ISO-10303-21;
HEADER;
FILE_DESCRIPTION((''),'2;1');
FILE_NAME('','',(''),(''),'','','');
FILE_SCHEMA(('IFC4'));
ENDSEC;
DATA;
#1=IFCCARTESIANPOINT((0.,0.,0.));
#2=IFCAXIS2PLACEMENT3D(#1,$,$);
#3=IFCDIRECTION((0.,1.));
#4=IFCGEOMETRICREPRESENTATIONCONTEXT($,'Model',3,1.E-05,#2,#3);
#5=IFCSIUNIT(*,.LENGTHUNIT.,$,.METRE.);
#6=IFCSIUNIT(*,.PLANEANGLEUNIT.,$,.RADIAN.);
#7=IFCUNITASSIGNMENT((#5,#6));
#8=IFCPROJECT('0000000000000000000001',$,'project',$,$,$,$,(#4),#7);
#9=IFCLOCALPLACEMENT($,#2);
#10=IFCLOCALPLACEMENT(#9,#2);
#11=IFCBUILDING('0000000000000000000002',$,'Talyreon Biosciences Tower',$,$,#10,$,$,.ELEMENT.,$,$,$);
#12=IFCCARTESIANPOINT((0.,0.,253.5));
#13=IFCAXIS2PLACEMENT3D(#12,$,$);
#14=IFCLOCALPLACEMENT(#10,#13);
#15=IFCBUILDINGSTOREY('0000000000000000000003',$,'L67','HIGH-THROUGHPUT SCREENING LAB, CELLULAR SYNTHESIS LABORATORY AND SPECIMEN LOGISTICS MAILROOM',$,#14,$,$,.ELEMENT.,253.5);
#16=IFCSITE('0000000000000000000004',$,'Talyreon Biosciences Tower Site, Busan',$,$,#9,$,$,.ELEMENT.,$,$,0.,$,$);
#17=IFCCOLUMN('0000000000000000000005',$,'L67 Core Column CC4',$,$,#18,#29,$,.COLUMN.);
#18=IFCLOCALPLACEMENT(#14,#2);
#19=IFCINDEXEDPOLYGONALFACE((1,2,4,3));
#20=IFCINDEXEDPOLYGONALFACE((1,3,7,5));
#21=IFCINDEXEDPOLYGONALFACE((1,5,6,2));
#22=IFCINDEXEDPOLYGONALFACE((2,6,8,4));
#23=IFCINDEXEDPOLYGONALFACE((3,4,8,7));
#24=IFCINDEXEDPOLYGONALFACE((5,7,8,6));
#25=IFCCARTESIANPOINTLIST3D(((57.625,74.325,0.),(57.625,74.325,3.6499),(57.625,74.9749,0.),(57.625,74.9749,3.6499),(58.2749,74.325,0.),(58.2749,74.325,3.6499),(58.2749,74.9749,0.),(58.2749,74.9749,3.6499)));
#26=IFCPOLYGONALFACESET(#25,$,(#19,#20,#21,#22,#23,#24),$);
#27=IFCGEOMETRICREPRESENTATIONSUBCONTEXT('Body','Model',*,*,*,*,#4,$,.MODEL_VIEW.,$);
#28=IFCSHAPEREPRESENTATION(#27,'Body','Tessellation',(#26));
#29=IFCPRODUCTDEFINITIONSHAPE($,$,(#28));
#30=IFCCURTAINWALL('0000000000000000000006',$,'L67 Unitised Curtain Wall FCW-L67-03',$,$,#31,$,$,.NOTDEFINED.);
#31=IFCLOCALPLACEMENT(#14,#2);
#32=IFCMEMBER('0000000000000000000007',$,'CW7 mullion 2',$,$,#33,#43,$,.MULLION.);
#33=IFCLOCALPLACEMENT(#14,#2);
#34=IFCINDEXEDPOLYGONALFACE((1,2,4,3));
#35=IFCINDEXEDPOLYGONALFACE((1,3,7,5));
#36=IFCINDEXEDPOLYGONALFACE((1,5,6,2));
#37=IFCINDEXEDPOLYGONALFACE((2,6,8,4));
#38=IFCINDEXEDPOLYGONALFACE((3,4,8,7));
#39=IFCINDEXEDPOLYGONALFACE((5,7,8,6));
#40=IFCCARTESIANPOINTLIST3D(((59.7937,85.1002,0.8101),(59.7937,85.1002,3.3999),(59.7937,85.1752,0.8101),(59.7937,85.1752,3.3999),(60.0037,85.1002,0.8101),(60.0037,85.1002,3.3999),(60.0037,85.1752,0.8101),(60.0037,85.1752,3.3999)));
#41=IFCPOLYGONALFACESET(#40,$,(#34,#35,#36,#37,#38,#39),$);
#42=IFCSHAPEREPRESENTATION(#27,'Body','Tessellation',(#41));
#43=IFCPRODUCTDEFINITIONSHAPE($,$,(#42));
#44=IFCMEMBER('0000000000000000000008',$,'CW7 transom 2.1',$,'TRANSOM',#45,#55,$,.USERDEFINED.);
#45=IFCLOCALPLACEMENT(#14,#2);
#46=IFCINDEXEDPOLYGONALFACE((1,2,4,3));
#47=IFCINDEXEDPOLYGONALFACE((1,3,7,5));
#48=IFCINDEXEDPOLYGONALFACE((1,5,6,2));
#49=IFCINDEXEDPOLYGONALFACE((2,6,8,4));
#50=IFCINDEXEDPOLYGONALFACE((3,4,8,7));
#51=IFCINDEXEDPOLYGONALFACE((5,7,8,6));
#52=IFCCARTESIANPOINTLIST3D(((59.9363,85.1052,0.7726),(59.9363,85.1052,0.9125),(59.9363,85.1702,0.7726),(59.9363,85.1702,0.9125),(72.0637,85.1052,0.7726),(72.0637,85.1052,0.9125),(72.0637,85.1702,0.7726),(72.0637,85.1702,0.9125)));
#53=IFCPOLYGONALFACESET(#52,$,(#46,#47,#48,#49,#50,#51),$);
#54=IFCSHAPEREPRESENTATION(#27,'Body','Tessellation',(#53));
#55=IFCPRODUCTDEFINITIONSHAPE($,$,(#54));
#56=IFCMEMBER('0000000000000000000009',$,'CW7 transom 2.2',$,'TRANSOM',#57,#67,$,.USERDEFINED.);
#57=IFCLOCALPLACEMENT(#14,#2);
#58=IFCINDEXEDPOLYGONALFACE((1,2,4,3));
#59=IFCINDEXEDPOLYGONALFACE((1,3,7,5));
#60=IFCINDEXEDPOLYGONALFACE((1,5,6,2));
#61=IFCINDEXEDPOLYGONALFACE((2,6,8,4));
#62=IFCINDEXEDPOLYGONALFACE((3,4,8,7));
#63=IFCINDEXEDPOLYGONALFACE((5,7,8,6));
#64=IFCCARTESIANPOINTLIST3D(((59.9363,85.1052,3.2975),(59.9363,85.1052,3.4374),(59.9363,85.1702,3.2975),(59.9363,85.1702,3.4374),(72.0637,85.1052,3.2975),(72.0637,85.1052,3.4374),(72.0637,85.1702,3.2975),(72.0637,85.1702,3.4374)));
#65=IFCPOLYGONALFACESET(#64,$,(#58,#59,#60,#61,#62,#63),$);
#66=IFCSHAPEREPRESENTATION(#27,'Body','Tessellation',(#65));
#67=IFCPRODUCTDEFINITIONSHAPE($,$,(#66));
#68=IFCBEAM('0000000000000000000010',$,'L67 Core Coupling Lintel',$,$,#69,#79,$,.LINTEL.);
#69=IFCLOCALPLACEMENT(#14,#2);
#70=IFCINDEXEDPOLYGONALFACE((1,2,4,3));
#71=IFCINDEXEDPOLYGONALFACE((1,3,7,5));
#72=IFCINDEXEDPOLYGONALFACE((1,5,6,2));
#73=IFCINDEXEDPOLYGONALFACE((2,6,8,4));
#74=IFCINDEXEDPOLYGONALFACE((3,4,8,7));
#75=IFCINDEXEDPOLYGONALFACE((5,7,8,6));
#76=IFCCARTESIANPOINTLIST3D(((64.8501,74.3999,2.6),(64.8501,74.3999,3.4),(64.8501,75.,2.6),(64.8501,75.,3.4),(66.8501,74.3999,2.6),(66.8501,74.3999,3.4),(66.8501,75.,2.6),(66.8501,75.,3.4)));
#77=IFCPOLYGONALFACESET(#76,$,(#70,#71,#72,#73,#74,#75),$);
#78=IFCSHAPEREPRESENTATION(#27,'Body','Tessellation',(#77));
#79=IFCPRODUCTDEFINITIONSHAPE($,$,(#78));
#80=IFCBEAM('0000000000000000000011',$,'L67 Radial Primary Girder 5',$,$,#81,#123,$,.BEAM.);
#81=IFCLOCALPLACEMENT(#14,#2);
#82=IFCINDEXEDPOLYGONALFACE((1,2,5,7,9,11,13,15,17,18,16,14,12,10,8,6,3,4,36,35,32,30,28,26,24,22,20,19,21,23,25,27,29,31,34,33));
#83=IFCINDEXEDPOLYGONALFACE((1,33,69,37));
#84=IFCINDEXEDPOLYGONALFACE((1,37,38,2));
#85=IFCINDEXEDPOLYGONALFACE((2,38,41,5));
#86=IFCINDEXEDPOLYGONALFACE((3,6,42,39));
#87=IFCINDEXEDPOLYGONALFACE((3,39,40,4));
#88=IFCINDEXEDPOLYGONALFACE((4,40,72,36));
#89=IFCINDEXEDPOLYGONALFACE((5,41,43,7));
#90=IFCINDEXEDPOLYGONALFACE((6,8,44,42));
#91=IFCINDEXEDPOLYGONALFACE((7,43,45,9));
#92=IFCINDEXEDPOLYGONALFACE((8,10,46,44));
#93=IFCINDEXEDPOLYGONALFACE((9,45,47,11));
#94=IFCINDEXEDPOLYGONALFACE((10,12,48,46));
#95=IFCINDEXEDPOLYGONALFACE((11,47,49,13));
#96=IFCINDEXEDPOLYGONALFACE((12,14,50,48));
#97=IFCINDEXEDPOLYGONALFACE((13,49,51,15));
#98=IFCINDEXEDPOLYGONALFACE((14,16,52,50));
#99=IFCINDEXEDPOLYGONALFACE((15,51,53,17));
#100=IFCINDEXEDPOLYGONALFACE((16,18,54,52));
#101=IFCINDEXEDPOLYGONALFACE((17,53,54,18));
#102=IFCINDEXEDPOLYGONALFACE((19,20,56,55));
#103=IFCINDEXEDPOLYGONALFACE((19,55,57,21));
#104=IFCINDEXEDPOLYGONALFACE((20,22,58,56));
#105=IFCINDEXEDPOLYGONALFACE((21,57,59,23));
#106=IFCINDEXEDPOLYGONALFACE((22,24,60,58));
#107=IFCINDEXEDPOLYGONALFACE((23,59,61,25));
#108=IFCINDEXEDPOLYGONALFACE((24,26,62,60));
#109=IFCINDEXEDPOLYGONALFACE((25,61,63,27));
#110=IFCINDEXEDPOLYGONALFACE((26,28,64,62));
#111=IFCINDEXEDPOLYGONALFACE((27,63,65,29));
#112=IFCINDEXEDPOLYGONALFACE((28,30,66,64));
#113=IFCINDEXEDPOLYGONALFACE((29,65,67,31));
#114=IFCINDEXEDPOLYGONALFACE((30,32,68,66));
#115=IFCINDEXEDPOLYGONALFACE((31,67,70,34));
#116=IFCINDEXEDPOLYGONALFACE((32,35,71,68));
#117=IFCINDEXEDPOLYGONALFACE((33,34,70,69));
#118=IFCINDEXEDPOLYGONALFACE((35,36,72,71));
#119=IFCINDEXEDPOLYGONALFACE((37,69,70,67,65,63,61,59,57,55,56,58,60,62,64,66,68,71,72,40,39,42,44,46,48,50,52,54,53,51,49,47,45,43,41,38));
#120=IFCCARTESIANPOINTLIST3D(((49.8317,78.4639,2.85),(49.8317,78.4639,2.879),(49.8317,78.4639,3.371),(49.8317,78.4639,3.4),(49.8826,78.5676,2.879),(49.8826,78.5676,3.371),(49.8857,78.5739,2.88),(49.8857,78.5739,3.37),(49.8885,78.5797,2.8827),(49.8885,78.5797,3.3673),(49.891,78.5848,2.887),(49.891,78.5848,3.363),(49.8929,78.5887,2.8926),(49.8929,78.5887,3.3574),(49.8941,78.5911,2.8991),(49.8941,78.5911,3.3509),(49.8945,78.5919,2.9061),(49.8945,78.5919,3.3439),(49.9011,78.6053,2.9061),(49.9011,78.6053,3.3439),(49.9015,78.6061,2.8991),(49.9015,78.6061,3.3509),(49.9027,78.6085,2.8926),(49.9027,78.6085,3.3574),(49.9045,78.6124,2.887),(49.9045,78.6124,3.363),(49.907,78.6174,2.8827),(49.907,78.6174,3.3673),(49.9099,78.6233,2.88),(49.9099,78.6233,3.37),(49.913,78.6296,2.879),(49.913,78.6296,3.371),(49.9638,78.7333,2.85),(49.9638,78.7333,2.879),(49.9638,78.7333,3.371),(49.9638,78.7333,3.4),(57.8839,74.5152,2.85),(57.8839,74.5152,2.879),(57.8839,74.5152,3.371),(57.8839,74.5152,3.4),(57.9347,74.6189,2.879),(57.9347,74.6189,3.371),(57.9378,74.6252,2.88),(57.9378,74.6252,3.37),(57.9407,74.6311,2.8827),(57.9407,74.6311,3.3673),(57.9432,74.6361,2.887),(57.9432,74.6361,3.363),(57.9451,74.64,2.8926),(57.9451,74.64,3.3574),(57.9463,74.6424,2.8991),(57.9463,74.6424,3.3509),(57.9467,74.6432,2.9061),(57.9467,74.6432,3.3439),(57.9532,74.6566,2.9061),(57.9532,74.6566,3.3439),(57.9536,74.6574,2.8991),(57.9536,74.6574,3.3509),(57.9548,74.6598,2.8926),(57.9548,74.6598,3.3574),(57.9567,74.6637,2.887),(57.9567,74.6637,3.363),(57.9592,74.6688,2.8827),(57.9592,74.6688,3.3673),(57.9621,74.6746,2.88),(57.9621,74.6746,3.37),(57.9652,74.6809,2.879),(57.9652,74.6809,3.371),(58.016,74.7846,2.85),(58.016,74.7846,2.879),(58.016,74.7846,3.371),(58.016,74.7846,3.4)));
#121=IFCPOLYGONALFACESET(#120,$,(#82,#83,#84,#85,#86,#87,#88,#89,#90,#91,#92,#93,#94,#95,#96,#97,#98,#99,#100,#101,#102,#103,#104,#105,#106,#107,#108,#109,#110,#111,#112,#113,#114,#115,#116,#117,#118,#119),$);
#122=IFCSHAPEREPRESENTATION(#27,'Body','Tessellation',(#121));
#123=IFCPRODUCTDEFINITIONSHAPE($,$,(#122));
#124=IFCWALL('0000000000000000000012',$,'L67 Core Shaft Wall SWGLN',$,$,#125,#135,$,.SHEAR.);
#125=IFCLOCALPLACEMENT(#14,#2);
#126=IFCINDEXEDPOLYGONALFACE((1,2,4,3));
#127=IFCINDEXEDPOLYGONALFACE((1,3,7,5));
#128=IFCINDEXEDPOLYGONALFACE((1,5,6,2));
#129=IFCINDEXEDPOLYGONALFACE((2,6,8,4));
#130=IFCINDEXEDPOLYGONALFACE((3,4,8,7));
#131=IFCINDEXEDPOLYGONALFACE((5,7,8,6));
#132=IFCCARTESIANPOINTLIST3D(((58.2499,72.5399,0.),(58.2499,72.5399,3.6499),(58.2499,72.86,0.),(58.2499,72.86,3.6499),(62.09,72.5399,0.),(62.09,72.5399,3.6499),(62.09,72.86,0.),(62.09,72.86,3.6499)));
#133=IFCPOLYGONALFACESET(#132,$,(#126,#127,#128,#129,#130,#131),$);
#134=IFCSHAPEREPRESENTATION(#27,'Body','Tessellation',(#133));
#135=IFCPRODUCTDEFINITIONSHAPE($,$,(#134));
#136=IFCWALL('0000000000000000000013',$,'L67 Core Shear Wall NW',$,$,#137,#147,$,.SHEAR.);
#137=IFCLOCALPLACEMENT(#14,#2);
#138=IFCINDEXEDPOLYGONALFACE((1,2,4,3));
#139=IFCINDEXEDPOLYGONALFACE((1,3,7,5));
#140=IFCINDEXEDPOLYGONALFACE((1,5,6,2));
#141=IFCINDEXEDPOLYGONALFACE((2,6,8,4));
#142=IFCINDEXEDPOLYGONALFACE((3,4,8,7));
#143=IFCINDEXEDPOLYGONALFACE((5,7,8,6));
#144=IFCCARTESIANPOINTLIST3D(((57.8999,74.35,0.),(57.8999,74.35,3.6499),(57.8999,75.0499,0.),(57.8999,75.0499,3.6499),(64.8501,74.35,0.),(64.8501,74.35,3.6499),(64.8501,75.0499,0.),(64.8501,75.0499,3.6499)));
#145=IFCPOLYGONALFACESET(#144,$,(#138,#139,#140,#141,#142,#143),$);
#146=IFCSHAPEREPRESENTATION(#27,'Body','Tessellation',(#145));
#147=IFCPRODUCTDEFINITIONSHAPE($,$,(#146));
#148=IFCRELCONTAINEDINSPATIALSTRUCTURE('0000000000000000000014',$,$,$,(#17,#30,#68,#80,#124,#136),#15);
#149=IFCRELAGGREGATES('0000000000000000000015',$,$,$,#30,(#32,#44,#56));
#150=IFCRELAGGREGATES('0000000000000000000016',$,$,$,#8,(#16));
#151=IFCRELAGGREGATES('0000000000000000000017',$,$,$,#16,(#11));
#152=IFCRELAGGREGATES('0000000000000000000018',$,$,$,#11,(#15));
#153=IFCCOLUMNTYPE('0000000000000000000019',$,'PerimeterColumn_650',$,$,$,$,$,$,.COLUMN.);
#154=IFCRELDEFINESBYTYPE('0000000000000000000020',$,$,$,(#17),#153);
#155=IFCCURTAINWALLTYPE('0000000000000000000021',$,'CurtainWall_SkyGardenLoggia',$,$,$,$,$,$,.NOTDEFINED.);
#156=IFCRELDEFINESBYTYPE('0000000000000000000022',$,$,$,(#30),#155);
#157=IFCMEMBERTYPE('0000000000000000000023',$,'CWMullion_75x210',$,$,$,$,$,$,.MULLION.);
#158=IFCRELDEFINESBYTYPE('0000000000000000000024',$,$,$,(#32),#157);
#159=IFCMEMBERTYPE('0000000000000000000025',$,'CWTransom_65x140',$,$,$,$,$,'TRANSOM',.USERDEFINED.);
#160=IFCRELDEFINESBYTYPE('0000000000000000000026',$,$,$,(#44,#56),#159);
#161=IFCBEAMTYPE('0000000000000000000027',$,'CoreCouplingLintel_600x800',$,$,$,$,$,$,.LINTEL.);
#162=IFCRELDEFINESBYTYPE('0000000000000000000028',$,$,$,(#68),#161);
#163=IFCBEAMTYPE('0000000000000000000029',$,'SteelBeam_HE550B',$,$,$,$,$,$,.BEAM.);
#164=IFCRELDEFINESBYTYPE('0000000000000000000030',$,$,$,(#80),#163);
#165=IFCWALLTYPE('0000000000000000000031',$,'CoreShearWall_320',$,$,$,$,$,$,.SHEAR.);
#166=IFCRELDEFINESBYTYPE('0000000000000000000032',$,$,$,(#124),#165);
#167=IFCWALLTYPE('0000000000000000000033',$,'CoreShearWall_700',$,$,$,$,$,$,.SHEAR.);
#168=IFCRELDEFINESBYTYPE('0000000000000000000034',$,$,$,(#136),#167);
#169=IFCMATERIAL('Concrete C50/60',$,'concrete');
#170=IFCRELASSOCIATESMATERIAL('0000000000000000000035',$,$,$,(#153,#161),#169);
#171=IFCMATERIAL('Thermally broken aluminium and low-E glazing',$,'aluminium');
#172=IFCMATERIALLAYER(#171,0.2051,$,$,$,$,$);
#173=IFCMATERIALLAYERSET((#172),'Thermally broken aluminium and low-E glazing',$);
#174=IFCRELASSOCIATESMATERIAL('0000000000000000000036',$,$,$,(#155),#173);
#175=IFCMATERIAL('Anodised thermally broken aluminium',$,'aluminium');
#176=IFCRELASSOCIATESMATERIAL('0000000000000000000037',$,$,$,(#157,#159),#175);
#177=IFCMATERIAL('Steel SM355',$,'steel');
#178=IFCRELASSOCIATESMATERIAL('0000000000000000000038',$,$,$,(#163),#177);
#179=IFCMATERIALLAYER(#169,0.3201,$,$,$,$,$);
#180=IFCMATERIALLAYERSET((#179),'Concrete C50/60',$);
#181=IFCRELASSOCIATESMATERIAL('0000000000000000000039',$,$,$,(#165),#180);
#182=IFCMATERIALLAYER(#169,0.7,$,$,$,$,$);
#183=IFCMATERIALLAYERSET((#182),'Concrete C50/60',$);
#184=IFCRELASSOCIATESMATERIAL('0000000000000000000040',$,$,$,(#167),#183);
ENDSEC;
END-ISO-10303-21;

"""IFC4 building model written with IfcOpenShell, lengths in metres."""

from ifc_helpers import new_model, si_unit, direction, frame, frame_2d, origin, origin_2d, place, context, subcontext, project, spatial, rectangle, i_section, extrude, material, layer, layer_set, material_profile, profile_set, type_object, element, aggregate, save


model = new_model("IFC4")

# Units and contexts
model_context = context("Model", 3, precision=1e-05, world=origin(), true_north=direction((0.0, 1.0)))
body_context = subcontext(model_context, "Body", "Model", "MODEL_VIEW")
ifc_project = project(units=[si_unit("LENGTHUNIT", "METRE"), si_unit("PLANEANGLEUNIT", "RADIAN")], contexts=[model_context])

# Site, building, storey
site_placement = place(None, origin())
site = spatial("IfcSite", under=ifc_project, at=site_placement, Name="Talyreon Biosciences Tower Site, Busan", CompositionType="ELEMENT", RefElevation=0.0)
building_placement = place(site_placement, origin())
building = spatial("IfcBuilding", under=site, at=building_placement, Name="Talyreon Biosciences Tower", CompositionType="ELEMENT")
storey_placement = place(building_placement, frame((0.0, 0.0, 253.5)))
storey = spatial("IfcBuildingStorey", under=building, at=storey_placement, Name="L67", Description="HIGH-THROUGHPUT SCREENING LAB, CELLULAR SYNTHESIS LABORATORY AND SPECIMEN LOGISTICS MAILROOM", CompositionType="ELEMENT", Elevation=253.5)

# Column
ifc_material_1 = material(Name="Concrete C50/60", Category="concrete")
ifc_material_profile_1 = material_profile(ifc_material_1, rectangle(XDim=0.6499, YDim=0.6499, at=origin_2d()), Name="RC 650x650")
ifc_profile_set_1 = profile_set([ifc_material_profile_1], Name="Concrete C50/60")
column_type = type_object("IfcColumnType", Name="PerimeterColumn_650", PredefinedType="COLUMN", material=ifc_profile_set_1)
column_placement = place(storey_placement, frame((57.95, 74.6499, 0.0), z_axis=(0.0, 0.0, 1.0), x_axis=(1.0, 0.0, 0.0)))
element("IfcColumn", 1, at=column_placement, inside=storey, type_object=column_type, Name="L67 Core Column CC4", PredefinedType="COLUMN", context=body_context, shape_type="SweptSolid", body=[
    extrude(rectangle(XDim=0.6499, YDim=0.6499, at=origin_2d()), origin(), (0.0, 0.0, 1.0), 3.6499),
])

# Curtain wall, members
ifc_material_2 = material(Name="Thermally broken aluminium and low-E glazing", Category="aluminium")
ifc_layer_1 = layer(ifc_material_2, 0.2051)
ifc_layer_set_1 = layer_set([ifc_layer_1], Name="Thermally broken aluminium and low-E glazing")
curtain_wall_type = type_object("IfcCurtainWallType", Name="CurtainWall_SkyGardenLoggia", PredefinedType="NOTDEFINED", material=ifc_layer_set_1)
curtain_wall_placement = place(storey_placement, origin())
curtain_wall = element("IfcCurtainWall", 2, at=curtain_wall_placement, inside=storey, type_object=curtain_wall_type, Name="L67 Unitised Curtain Wall FCW-L67-03", PredefinedType="NOTDEFINED")
ifc_material_3 = material(Name="Anodised thermally broken aluminium", Category="aluminium")
ifc_material_profile_2 = material_profile(ifc_material_3, rectangle(XDim=0.075, YDim=0.21, at=origin_2d()), Name="ALUM MULLION 75x210")
ifc_profile_set_2 = profile_set([ifc_material_profile_2], Name="Anodised thermally broken aluminium")
member_type_1 = type_object("IfcMemberType", Name="CWMullion_75x210", PredefinedType="MULLION", material=ifc_profile_set_2)
member_1_placement = place(storey_placement, frame((59.8987, 85.1377, 0.8101), z_axis=(0.0, 0.0, 1.0), x_axis=(0.0, 1.0, 0.0)))
member_1 = element("IfcMember", 3, at=member_1_placement, type_object=member_type_1, Name="CW7 mullion 2", PredefinedType="MULLION", context=body_context, shape_type="SweptSolid", body=[
    extrude(rectangle(XDim=0.075, YDim=0.21, at=origin_2d()), origin(), (0.0, 0.0, 1.0), 2.5898),
])
ifc_material_profile_3 = material_profile(ifc_material_3, rectangle(XDim=0.0649, YDim=0.1399, at=origin_2d()), Name="ALUM TRANSOM 65x140")
ifc_profile_set_3 = profile_set([ifc_material_profile_3], Name="Anodised thermally broken aluminium")
member_type_2 = type_object("IfcMemberType", Name="CWTransom_65x140", ElementType="TRANSOM", PredefinedType="USERDEFINED", material=ifc_profile_set_3)
member_2_placement = place(storey_placement, frame((59.9363, 85.1377, 0.8425), z_axis=(1.0, 0.0, 0.0), x_axis=(0.0, 1.0, 0.0)))
member_2 = element("IfcMember", 4, at=member_2_placement, type_object=member_type_2, Name="CW7 transom 2.1", ObjectType="TRANSOM", PredefinedType="USERDEFINED", context=body_context, shape_type="SweptSolid", body=[
    extrude(rectangle(XDim=0.0649, YDim=0.1399, at=origin_2d()), origin(), (0.0, 0.0, 1.0), 12.1274),
])
member_3_placement = place(storey_placement, frame((59.9363, 85.1377, 3.3674), z_axis=(1.0, 0.0, 0.0), x_axis=(0.0, 1.0, 0.0)))
member_3 = element("IfcMember", 5, at=member_3_placement, type_object=member_type_2, Name="CW7 transom 2.2", ObjectType="TRANSOM", PredefinedType="USERDEFINED", context=body_context, shape_type="SweptSolid", body=[
    extrude(rectangle(XDim=0.0649, YDim=0.1399, at=origin_2d()), origin(), (0.0, 0.0, 1.0), 12.1274),
])
aggregate(curtain_wall, [member_1, member_2, member_3])

# Beams
ifc_material_profile_4 = material_profile(ifc_material_1, rectangle(XDim=0.6001, YDim=0.8, at=origin_2d()), Name="RCB 600x800")
ifc_profile_set_4 = profile_set([ifc_material_profile_4], Name="Concrete C50/60")
beam_type_1 = type_object("IfcBeamType", Name="CoreCouplingLintel_600x800", PredefinedType="LINTEL", material=ifc_profile_set_4)
beam_1_placement = place(storey_placement, frame((64.8501, 74.7, 3.0), z_axis=(1.0, 0.0, 0.0), x_axis=(0.0, 1.0, 0.0)))
element("IfcBeam", 6, at=beam_1_placement, inside=storey, type_object=beam_type_1, Name="L67 Core Coupling Lintel", PredefinedType="LINTEL", context=body_context, shape_type="SweptSolid", body=[
    extrude(rectangle(XDim=0.6001, YDim=0.8, at=origin_2d()), origin(), (0.0, 0.0, 1.0), 2.0),
])
ifc_material_4 = material(Name="Steel SM355", Category="steel")
ifc_material_profile_5 = material_profile(ifc_material_4, i_section(OverallWidth=0.3, OverallDepth=0.55, WebThickness=0.0149, FlangeThickness=0.0291, FilletRadius=0.0271, at=origin_2d()), Name="HE550B")
ifc_profile_set_5 = profile_set([ifc_material_profile_5], Name="Steel SM355")
beam_type_2 = type_object("IfcBeamType", Name="SteelBeam_HE550B", PredefinedType="BEAM", material=ifc_profile_set_5)
beam_2_placement = place(storey_placement, frame((57.95, 74.6499, 3.125), z_axis=(-0.897852, 0.440297, 0.0), x_axis=(-0.440297, -0.897852, 0.0)))
element("IfcBeam", 7, at=beam_2_placement, inside=storey, type_object=beam_type_2, Name="L67 Radial Primary Girder 5", PredefinedType="BEAM", context=body_context, shape_type="SweptSolid", body=[
    extrude(i_section(OverallWidth=0.3, OverallDepth=0.55, WebThickness=0.0149, FlangeThickness=0.0291, FilletRadius=0.0271, at=origin_2d()), origin(), (0.0, 0.0, 1.0), 8.9683),
])

# Walls
ifc_layer_2 = layer(ifc_material_1, 0.3201)
ifc_layer_set_2 = layer_set([ifc_layer_2], Name="Concrete C50/60")
wall_type_1 = type_object("IfcWallType", Name="CoreShearWall_320", PredefinedType="SHEAR", material=ifc_layer_set_2)
wall_1_placement = place(storey_placement, frame((58.25, 72.7, 0.0), z_axis=(0.0, 0.0, 1.0), x_axis=(1.0, 0.0, 0.0)))
element("IfcWall", 8, at=wall_1_placement, inside=storey, type_object=wall_type_1, Name="L67 Core Shaft Wall SWGLN", PredefinedType="SHEAR", context=body_context, shape_type="SweptSolid", body=[
    extrude(rectangle(XDim=3.8401, YDim=0.3201, at=frame_2d((1.9199, 0.0))), origin(), (0.0, 0.0, 1.0), 3.6499),
])
ifc_layer_3 = layer(ifc_material_1, 0.7)
ifc_layer_set_3 = layer_set([ifc_layer_3], Name="Concrete C50/60")
wall_type_2 = type_object("IfcWallType", Name="CoreShearWall_700", PredefinedType="SHEAR", material=ifc_layer_set_3)
wall_2_placement = place(storey_placement, frame((64.8501, 74.7, 0.0), z_axis=(0.0, 0.0, 1.0), x_axis=(-1.0, 0.0, 0.0)))
element("IfcWall", 9, at=wall_2_placement, inside=storey, type_object=wall_type_2, Name="L67 Core Shear Wall NW", PredefinedType="SHEAR", context=body_context, shape_type="SweptSolid", body=[
    extrude(rectangle(XDim=6.9502, YDim=0.7, at=frame_2d((3.4751, 0.0))), origin(), (0.0, 0.0, 1.0), 3.6499),
])

save(model, "model.ifc")
